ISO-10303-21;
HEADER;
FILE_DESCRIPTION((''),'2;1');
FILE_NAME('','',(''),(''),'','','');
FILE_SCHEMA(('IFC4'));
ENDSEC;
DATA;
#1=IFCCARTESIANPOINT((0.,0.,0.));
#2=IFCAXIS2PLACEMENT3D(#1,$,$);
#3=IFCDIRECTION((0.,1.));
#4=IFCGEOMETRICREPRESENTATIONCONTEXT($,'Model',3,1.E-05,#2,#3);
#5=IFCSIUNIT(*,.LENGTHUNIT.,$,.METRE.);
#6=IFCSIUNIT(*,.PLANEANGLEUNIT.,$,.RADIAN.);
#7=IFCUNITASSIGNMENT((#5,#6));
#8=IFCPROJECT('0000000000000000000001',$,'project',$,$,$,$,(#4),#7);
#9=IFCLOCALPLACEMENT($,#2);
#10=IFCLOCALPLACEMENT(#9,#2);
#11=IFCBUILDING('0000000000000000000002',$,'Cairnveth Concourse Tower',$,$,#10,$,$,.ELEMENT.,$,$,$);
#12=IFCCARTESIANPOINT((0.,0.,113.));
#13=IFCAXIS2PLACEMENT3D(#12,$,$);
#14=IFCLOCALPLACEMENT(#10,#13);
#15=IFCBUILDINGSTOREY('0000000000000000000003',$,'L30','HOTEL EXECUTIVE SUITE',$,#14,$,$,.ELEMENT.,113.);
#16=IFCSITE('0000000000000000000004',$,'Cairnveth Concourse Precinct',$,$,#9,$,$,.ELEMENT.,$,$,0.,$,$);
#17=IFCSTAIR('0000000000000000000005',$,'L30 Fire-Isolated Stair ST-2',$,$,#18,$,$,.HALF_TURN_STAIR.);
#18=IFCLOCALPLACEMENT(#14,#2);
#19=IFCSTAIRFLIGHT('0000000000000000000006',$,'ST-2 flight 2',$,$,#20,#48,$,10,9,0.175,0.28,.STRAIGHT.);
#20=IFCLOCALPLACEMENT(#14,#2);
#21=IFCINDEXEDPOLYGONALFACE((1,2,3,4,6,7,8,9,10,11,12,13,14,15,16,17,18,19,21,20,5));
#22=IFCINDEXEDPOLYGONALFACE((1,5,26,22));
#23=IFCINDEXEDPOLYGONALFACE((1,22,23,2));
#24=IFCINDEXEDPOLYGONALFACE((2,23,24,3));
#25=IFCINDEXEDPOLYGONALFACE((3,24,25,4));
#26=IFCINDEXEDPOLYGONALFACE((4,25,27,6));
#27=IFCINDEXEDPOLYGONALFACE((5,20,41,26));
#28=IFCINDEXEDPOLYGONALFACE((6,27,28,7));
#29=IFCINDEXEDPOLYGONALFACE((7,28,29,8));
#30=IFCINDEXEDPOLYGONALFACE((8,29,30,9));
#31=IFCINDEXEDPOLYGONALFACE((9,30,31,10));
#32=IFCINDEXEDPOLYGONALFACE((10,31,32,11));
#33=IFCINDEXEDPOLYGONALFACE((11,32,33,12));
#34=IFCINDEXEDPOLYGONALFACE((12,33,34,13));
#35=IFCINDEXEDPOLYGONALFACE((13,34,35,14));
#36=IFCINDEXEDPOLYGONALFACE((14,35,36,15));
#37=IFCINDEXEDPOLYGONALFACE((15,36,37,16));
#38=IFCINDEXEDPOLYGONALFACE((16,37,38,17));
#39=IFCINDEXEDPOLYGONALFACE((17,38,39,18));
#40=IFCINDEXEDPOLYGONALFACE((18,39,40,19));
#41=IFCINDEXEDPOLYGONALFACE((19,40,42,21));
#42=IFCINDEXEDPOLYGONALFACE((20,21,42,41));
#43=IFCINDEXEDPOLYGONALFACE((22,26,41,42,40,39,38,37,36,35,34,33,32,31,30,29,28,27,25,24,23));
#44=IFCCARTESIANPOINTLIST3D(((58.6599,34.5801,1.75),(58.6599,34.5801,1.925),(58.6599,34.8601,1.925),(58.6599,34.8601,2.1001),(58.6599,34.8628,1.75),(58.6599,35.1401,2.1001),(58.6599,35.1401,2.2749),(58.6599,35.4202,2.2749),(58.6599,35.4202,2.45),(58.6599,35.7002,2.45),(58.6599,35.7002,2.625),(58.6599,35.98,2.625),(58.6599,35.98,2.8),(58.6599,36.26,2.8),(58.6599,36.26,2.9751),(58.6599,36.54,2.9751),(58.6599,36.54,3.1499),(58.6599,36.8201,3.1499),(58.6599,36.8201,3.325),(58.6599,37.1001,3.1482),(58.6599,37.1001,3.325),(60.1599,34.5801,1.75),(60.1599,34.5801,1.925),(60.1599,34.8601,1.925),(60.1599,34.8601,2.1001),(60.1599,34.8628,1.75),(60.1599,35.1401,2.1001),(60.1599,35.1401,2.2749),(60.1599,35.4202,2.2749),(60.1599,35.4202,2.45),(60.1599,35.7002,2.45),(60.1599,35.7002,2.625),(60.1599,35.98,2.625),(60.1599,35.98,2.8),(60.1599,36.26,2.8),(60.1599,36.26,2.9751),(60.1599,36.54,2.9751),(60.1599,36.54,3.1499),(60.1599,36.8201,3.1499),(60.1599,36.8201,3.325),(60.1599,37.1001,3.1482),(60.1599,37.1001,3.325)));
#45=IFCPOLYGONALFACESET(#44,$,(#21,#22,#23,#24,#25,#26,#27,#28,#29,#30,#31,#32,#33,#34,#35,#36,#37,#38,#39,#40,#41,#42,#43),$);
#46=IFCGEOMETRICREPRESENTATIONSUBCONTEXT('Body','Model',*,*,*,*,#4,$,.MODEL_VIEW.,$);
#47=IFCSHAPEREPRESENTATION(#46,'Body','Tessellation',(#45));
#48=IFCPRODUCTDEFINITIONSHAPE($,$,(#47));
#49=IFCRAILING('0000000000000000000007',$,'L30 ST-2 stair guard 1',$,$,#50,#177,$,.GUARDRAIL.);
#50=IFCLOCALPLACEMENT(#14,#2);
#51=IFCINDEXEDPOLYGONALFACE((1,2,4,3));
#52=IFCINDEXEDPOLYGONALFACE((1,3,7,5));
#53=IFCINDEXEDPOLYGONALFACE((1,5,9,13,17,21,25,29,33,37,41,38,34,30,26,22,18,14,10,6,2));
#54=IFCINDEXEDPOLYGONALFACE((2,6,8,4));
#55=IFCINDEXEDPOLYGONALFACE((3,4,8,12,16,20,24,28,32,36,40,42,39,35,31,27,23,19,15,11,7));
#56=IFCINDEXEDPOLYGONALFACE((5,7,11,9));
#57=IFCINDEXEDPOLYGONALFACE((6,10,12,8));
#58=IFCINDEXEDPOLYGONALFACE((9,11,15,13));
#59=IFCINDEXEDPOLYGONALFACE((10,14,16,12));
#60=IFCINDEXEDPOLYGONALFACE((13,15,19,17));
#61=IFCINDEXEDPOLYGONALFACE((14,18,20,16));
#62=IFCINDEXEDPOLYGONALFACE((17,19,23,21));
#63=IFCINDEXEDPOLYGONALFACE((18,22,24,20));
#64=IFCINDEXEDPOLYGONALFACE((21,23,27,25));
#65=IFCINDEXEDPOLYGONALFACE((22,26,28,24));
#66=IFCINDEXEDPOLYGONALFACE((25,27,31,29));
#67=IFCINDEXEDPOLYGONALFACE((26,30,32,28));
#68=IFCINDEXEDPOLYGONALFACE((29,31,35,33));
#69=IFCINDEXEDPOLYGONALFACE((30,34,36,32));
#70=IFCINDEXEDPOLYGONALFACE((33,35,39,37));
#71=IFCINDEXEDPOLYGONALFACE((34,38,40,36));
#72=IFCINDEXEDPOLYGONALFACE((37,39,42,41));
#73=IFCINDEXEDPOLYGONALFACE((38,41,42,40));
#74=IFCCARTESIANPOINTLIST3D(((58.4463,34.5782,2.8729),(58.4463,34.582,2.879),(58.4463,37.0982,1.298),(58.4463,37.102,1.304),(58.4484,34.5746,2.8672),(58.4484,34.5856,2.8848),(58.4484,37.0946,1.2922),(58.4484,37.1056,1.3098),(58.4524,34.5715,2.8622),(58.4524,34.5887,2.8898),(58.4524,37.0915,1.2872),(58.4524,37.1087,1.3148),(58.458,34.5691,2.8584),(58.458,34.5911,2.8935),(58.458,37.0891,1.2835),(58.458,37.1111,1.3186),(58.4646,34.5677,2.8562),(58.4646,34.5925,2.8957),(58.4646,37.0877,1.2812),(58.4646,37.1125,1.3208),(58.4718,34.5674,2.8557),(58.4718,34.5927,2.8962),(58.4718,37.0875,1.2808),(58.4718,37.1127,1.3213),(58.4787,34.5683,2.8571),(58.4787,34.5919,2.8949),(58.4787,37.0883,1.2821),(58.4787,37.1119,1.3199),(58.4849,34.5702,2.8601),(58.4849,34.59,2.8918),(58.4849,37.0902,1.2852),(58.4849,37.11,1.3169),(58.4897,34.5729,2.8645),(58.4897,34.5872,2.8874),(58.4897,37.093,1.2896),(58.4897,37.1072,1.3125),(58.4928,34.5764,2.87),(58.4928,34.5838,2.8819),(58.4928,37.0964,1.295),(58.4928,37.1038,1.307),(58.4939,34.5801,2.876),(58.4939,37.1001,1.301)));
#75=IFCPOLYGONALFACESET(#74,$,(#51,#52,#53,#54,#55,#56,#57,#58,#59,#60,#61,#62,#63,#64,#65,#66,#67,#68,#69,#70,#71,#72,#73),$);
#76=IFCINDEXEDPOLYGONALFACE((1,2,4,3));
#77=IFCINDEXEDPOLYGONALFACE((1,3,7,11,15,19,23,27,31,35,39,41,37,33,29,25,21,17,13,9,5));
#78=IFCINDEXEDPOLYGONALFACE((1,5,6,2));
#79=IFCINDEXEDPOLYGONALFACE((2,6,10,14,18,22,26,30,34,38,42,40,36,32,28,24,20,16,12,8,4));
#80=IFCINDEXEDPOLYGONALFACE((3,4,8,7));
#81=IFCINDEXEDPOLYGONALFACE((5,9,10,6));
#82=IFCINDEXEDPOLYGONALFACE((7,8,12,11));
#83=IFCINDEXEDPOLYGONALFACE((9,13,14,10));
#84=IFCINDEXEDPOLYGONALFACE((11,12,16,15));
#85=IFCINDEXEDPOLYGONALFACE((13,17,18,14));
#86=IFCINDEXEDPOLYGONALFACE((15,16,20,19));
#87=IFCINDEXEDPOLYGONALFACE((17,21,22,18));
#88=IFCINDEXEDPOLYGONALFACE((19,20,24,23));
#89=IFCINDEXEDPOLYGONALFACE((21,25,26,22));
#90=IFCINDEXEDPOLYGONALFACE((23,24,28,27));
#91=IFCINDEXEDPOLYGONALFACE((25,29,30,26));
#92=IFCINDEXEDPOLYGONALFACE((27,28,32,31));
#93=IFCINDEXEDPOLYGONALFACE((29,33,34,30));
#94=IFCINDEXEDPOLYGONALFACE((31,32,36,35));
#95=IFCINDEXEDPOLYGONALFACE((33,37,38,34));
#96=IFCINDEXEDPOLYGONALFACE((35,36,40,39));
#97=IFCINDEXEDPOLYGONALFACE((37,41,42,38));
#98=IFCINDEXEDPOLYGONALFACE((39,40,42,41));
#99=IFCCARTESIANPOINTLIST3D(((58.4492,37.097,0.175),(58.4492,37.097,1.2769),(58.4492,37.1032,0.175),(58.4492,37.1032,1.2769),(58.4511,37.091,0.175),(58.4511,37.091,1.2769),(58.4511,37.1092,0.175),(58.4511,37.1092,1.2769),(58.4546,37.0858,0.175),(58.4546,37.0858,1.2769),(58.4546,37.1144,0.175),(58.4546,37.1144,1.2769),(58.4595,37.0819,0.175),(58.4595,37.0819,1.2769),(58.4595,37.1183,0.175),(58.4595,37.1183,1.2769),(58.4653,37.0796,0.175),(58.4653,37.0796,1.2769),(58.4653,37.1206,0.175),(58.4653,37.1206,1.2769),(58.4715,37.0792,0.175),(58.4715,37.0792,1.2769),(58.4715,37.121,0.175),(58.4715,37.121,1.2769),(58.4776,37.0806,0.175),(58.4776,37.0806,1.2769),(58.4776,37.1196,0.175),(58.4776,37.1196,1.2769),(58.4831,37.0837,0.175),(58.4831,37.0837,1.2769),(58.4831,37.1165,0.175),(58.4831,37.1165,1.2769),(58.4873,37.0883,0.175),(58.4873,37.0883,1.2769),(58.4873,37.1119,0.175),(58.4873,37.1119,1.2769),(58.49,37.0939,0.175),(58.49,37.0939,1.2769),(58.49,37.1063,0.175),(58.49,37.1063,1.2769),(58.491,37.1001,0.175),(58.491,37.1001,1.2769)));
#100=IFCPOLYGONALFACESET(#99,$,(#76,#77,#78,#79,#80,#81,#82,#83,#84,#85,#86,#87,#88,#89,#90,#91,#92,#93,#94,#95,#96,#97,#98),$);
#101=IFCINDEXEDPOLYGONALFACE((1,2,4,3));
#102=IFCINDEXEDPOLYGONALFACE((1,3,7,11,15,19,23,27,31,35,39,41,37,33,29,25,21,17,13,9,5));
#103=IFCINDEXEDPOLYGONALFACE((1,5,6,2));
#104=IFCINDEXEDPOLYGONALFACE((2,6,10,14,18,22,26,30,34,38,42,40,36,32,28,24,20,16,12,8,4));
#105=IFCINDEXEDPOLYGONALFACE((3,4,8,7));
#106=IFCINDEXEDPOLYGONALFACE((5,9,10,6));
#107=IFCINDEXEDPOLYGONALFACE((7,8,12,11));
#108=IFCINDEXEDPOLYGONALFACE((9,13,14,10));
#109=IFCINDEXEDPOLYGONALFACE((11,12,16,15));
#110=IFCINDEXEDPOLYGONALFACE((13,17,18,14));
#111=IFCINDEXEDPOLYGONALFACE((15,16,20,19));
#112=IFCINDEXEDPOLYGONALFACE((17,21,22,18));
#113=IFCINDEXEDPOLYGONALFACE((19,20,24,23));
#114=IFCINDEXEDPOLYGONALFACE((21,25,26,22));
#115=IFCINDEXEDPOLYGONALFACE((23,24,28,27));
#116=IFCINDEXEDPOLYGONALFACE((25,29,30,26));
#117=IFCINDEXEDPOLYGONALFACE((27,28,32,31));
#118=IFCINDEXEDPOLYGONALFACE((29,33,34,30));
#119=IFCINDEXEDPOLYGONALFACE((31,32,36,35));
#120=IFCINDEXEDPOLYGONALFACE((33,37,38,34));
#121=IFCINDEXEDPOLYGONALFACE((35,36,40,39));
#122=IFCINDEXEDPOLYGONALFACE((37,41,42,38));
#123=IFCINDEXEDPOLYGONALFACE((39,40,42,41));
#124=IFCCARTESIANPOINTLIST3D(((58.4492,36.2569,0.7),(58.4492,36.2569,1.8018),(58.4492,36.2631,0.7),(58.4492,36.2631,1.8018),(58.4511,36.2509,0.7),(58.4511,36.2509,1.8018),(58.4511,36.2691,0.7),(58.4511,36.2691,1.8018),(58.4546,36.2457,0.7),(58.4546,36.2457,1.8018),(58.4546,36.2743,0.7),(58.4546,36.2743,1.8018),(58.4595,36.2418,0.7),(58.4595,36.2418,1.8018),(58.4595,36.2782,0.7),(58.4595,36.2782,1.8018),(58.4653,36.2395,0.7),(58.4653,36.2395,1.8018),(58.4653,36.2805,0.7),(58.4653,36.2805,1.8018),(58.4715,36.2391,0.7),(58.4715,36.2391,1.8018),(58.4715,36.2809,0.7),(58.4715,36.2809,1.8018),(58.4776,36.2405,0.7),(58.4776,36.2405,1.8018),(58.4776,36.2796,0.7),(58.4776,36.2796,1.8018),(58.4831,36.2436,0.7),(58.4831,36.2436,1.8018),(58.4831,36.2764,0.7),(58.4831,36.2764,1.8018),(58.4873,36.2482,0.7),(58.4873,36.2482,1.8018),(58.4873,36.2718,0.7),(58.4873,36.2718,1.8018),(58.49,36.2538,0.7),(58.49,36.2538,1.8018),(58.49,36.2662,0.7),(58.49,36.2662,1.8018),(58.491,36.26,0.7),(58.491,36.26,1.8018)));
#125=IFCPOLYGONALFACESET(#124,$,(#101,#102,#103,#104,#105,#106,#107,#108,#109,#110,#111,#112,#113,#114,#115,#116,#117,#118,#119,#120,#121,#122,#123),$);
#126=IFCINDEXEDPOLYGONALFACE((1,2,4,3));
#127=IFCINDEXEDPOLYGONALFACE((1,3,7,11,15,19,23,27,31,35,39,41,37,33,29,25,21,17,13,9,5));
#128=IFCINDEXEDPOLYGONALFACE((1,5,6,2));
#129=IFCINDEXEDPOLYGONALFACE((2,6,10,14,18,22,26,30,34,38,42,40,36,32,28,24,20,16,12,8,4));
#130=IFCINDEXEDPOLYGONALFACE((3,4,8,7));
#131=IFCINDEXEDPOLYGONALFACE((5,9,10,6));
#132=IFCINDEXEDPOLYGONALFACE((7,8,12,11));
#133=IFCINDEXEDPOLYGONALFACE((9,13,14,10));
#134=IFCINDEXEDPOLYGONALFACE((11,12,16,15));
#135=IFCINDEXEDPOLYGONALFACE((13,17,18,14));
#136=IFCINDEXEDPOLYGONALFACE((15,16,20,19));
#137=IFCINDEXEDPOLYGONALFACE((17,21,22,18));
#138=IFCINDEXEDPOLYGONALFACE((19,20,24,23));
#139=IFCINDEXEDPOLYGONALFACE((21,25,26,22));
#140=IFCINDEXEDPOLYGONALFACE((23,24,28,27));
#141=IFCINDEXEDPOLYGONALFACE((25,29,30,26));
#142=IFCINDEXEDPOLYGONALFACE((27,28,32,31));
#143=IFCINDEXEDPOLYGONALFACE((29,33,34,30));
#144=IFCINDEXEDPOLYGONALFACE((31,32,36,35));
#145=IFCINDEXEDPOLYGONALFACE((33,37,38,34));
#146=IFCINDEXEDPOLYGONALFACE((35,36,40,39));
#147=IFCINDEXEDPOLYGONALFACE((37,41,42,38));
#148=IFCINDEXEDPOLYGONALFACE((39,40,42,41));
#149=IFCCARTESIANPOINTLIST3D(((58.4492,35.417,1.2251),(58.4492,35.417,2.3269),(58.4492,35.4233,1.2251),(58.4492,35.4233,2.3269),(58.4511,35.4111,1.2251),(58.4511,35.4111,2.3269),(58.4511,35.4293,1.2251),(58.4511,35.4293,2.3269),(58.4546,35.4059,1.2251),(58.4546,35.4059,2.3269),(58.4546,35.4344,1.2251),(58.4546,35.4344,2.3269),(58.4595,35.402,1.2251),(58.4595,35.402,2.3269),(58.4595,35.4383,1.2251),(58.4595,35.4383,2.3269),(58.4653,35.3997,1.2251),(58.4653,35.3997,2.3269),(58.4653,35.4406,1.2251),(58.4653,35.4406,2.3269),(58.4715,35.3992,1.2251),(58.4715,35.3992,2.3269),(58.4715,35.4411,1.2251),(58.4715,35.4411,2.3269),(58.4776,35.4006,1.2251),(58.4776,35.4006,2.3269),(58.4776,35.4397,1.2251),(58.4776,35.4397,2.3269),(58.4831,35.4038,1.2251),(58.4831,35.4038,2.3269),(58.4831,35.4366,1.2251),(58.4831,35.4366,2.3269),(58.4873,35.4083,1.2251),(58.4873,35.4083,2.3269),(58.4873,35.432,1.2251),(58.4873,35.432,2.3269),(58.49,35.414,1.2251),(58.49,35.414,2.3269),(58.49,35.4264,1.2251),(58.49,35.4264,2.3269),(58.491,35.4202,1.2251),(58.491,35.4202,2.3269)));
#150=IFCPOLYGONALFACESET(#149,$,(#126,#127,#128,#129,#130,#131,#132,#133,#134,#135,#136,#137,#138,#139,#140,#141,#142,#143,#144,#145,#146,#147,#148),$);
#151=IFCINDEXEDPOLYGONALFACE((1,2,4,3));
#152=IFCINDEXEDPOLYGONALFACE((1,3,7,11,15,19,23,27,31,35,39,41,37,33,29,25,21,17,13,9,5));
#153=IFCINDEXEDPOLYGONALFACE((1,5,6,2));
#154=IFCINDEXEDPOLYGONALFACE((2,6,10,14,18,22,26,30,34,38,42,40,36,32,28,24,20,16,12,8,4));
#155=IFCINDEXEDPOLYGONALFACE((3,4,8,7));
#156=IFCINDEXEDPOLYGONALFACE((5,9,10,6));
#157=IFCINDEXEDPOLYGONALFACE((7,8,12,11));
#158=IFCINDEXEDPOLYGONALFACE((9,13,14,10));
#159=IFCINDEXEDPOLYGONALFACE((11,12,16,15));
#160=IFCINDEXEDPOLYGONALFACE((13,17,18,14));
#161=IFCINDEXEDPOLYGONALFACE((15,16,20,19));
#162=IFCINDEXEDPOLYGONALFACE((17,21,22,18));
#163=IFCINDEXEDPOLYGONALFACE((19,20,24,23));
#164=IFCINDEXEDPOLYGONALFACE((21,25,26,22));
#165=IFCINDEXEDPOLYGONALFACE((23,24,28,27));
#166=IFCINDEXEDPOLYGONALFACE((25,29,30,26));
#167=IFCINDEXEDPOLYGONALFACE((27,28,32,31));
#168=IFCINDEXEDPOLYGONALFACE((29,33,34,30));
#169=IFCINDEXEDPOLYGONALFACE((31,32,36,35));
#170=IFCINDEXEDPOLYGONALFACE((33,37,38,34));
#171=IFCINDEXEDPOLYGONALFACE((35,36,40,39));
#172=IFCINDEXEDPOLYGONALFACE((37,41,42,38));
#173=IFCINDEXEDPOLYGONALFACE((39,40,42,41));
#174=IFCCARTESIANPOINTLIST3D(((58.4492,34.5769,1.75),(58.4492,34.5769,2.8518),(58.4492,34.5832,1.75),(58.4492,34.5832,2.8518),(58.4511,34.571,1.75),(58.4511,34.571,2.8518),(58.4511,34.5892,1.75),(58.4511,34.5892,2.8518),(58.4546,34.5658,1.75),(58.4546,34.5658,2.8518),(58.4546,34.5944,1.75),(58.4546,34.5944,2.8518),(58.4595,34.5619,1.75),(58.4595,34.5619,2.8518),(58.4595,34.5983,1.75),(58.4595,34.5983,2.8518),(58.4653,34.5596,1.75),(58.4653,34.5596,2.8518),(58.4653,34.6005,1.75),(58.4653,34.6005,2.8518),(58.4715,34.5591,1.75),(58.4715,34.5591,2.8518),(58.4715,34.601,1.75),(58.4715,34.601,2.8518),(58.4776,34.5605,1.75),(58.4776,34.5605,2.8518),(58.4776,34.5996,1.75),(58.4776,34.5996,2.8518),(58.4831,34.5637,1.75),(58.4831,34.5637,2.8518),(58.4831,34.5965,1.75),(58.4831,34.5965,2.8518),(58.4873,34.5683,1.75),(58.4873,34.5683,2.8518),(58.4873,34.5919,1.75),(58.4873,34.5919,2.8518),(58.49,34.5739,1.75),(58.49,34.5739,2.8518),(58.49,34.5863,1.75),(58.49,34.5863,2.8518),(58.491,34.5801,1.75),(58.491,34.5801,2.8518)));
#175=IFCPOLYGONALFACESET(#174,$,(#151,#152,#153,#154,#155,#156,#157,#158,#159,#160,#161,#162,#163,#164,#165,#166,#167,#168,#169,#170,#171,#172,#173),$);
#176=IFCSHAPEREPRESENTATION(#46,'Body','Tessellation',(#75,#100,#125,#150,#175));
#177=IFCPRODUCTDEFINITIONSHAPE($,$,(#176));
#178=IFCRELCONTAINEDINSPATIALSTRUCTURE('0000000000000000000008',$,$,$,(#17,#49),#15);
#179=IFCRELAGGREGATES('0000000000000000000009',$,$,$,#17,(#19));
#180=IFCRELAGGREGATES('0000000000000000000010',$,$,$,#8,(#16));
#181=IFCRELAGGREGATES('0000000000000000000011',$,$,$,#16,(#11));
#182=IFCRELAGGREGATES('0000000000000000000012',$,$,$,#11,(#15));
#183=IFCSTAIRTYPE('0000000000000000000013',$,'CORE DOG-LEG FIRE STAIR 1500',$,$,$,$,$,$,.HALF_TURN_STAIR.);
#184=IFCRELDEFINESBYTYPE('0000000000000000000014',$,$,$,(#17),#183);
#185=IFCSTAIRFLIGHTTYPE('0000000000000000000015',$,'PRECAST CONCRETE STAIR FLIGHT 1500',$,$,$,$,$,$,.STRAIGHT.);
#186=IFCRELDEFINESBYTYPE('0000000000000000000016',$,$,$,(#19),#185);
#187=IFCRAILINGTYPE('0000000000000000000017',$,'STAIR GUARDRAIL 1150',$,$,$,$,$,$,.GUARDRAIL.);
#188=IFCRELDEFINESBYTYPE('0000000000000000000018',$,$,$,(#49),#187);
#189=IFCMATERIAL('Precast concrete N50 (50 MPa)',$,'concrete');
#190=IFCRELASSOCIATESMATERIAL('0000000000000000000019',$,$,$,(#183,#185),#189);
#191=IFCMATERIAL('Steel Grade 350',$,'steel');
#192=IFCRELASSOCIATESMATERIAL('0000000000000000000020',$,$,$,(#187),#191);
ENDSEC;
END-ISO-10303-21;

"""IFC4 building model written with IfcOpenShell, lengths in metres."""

from ifc_helpers import new_model, si_unit, direction, frame, origin, origin_2d, place, context, subcontext, project, spatial, polyline, circle, outline, extrude, material, type_object, element, aggregate, save


model = new_model("IFC4")

# Units and contexts
model_context = context("Model", 3, precision=1e-05, world=origin(), true_north=direction((0.0, 1.0)))
body_context = subcontext(model_context, "Body", "Model", "MODEL_VIEW")
ifc_project = project(units=[si_unit("LENGTHUNIT", "METRE"), si_unit("PLANEANGLEUNIT", "RADIAN")], contexts=[model_context])

# Site, building, storey
site_placement = place(None, origin())
site = spatial("IfcSite", under=ifc_project, at=site_placement, Name="Cairnveth Concourse Precinct", CompositionType="ELEMENT", RefElevation=0.0)
building_placement = place(site_placement, origin())
building = spatial("IfcBuilding", under=site, at=building_placement, Name="Cairnveth Concourse Tower", CompositionType="ELEMENT")
storey_placement = place(building_placement, frame((0.0, 0.0, 113.0)))
storey = spatial("IfcBuildingStorey", under=building, at=storey_placement, Name="L30", Description="HOTEL EXECUTIVE SUITE", CompositionType="ELEMENT", Elevation=113.0)

# Shared definitions
ifc_material_1 = material(Name="Steel Grade 350", Category="steel")

# Stair, stair flight
ifc_material_2 = material(Name="Precast concrete N50 (50 MPa)", Category="concrete")
stair_type = type_object("IfcStairType", Name="CORE DOG-LEG FIRE STAIR 1500", PredefinedType="HALF_TURN_STAIR", material=ifc_material_2)
stair_placement = place(storey_placement, origin())
stair = element("IfcStair", 1, at=stair_placement, inside=storey, type_object=stair_type, Name="L30 Fire-Isolated Stair ST-2", PredefinedType="HALF_TURN_STAIR")
stair_flight_type = type_object("IfcStairFlightType", Name="PRECAST CONCRETE STAIR FLIGHT 1500", PredefinedType="STRAIGHT", material=ifc_material_2)
stair_flight_1_placement = place(storey_placement, frame((59.4099, 34.5801, 1.75), z_axis=(0.0, 0.0, 1.0), x_axis=(0.0, 1.0, 0.0)))
stair_flight_1 = element("IfcStairFlight", 2, at=stair_flight_1_placement, type_object=stair_flight_type, Name="ST-2 flight 2", NumberOfRisers=10, NumberOfTreads=9, PredefinedType="STRAIGHT", RiserHeight=0.175, TreadLength=0.28, context=body_context, shape_type="SweptSolid", body=[
    extrude(outline(polyline([(0.0, 0.0), (0.0, 0.175), (0.28, 0.175), (0.28, 0.3501), (0.5601, 0.3501), (0.5601, 0.5249), (0.8401, 0.5249), (0.8401, 0.7), (1.1201, 0.7), (1.1201, 0.875), (1.3999, 0.875), (1.3999, 1.05), (1.6799, 1.05), (1.6799, 1.2251), (1.96, 1.2251), (1.96, 1.3999), (2.24, 1.3999), (2.24, 1.575), (2.52, 1.575), (2.52, 1.75), (2.52, 1.3982), (0.2827, 0.0), (0.0, 0.0)])), frame((0.0, 0.75, 0.0), z_axis=(0.0, -1.0, 0.0), x_axis=(1.0, 0.0, 0.0)), (0.0, 0.0, 1.0), 1.5),
])
aggregate(stair, [stair_flight_1])

# Railing
railing_type_1 = type_object("IfcRailingType", Name="STAIR GUARDRAIL 1150", PredefinedType="GUARDRAIL", material=ifc_material_1)
railing_1_placement = place(storey_placement, frame((58.47, 37.1001, 0.175)))
element("IfcRailing", 3, at=railing_1_placement, inside=storey, type_object=railing_type_1, Name="L30 ST-2 stair guard 1", PredefinedType="GUARDRAIL", context=body_context, shape_type="SweptSolid", body=[
    extrude(circle(Radius=0.0239, at=origin_2d()), frame((0.0, 0.0, 1.126), z_axis=(0.0, -0.848008, 0.529984), x_axis=(1.0, 0.0, 0.0)), (0.0, 0.0, 1.0), 2.9717),
    extrude(circle(Radius=0.021, at=origin_2d()), origin(), (0.0, 0.0, 1.0), 1.1018),
    extrude(circle(Radius=0.021, at=origin_2d()), frame((0.0, -0.8401, 0.5249)), (0.0, 0.0, 1.0), 1.1018),
    extrude(circle(Radius=0.021, at=origin_2d()), frame((0.0, -1.6799, 1.05)), (0.0, 0.0, 1.0), 1.1018),
    extrude(circle(Radius=0.021, at=origin_2d()), frame((0.0, -2.52, 1.575)), (0.0, 0.0, 1.0), 1.1018),
])

save(model, "model.ifc")
